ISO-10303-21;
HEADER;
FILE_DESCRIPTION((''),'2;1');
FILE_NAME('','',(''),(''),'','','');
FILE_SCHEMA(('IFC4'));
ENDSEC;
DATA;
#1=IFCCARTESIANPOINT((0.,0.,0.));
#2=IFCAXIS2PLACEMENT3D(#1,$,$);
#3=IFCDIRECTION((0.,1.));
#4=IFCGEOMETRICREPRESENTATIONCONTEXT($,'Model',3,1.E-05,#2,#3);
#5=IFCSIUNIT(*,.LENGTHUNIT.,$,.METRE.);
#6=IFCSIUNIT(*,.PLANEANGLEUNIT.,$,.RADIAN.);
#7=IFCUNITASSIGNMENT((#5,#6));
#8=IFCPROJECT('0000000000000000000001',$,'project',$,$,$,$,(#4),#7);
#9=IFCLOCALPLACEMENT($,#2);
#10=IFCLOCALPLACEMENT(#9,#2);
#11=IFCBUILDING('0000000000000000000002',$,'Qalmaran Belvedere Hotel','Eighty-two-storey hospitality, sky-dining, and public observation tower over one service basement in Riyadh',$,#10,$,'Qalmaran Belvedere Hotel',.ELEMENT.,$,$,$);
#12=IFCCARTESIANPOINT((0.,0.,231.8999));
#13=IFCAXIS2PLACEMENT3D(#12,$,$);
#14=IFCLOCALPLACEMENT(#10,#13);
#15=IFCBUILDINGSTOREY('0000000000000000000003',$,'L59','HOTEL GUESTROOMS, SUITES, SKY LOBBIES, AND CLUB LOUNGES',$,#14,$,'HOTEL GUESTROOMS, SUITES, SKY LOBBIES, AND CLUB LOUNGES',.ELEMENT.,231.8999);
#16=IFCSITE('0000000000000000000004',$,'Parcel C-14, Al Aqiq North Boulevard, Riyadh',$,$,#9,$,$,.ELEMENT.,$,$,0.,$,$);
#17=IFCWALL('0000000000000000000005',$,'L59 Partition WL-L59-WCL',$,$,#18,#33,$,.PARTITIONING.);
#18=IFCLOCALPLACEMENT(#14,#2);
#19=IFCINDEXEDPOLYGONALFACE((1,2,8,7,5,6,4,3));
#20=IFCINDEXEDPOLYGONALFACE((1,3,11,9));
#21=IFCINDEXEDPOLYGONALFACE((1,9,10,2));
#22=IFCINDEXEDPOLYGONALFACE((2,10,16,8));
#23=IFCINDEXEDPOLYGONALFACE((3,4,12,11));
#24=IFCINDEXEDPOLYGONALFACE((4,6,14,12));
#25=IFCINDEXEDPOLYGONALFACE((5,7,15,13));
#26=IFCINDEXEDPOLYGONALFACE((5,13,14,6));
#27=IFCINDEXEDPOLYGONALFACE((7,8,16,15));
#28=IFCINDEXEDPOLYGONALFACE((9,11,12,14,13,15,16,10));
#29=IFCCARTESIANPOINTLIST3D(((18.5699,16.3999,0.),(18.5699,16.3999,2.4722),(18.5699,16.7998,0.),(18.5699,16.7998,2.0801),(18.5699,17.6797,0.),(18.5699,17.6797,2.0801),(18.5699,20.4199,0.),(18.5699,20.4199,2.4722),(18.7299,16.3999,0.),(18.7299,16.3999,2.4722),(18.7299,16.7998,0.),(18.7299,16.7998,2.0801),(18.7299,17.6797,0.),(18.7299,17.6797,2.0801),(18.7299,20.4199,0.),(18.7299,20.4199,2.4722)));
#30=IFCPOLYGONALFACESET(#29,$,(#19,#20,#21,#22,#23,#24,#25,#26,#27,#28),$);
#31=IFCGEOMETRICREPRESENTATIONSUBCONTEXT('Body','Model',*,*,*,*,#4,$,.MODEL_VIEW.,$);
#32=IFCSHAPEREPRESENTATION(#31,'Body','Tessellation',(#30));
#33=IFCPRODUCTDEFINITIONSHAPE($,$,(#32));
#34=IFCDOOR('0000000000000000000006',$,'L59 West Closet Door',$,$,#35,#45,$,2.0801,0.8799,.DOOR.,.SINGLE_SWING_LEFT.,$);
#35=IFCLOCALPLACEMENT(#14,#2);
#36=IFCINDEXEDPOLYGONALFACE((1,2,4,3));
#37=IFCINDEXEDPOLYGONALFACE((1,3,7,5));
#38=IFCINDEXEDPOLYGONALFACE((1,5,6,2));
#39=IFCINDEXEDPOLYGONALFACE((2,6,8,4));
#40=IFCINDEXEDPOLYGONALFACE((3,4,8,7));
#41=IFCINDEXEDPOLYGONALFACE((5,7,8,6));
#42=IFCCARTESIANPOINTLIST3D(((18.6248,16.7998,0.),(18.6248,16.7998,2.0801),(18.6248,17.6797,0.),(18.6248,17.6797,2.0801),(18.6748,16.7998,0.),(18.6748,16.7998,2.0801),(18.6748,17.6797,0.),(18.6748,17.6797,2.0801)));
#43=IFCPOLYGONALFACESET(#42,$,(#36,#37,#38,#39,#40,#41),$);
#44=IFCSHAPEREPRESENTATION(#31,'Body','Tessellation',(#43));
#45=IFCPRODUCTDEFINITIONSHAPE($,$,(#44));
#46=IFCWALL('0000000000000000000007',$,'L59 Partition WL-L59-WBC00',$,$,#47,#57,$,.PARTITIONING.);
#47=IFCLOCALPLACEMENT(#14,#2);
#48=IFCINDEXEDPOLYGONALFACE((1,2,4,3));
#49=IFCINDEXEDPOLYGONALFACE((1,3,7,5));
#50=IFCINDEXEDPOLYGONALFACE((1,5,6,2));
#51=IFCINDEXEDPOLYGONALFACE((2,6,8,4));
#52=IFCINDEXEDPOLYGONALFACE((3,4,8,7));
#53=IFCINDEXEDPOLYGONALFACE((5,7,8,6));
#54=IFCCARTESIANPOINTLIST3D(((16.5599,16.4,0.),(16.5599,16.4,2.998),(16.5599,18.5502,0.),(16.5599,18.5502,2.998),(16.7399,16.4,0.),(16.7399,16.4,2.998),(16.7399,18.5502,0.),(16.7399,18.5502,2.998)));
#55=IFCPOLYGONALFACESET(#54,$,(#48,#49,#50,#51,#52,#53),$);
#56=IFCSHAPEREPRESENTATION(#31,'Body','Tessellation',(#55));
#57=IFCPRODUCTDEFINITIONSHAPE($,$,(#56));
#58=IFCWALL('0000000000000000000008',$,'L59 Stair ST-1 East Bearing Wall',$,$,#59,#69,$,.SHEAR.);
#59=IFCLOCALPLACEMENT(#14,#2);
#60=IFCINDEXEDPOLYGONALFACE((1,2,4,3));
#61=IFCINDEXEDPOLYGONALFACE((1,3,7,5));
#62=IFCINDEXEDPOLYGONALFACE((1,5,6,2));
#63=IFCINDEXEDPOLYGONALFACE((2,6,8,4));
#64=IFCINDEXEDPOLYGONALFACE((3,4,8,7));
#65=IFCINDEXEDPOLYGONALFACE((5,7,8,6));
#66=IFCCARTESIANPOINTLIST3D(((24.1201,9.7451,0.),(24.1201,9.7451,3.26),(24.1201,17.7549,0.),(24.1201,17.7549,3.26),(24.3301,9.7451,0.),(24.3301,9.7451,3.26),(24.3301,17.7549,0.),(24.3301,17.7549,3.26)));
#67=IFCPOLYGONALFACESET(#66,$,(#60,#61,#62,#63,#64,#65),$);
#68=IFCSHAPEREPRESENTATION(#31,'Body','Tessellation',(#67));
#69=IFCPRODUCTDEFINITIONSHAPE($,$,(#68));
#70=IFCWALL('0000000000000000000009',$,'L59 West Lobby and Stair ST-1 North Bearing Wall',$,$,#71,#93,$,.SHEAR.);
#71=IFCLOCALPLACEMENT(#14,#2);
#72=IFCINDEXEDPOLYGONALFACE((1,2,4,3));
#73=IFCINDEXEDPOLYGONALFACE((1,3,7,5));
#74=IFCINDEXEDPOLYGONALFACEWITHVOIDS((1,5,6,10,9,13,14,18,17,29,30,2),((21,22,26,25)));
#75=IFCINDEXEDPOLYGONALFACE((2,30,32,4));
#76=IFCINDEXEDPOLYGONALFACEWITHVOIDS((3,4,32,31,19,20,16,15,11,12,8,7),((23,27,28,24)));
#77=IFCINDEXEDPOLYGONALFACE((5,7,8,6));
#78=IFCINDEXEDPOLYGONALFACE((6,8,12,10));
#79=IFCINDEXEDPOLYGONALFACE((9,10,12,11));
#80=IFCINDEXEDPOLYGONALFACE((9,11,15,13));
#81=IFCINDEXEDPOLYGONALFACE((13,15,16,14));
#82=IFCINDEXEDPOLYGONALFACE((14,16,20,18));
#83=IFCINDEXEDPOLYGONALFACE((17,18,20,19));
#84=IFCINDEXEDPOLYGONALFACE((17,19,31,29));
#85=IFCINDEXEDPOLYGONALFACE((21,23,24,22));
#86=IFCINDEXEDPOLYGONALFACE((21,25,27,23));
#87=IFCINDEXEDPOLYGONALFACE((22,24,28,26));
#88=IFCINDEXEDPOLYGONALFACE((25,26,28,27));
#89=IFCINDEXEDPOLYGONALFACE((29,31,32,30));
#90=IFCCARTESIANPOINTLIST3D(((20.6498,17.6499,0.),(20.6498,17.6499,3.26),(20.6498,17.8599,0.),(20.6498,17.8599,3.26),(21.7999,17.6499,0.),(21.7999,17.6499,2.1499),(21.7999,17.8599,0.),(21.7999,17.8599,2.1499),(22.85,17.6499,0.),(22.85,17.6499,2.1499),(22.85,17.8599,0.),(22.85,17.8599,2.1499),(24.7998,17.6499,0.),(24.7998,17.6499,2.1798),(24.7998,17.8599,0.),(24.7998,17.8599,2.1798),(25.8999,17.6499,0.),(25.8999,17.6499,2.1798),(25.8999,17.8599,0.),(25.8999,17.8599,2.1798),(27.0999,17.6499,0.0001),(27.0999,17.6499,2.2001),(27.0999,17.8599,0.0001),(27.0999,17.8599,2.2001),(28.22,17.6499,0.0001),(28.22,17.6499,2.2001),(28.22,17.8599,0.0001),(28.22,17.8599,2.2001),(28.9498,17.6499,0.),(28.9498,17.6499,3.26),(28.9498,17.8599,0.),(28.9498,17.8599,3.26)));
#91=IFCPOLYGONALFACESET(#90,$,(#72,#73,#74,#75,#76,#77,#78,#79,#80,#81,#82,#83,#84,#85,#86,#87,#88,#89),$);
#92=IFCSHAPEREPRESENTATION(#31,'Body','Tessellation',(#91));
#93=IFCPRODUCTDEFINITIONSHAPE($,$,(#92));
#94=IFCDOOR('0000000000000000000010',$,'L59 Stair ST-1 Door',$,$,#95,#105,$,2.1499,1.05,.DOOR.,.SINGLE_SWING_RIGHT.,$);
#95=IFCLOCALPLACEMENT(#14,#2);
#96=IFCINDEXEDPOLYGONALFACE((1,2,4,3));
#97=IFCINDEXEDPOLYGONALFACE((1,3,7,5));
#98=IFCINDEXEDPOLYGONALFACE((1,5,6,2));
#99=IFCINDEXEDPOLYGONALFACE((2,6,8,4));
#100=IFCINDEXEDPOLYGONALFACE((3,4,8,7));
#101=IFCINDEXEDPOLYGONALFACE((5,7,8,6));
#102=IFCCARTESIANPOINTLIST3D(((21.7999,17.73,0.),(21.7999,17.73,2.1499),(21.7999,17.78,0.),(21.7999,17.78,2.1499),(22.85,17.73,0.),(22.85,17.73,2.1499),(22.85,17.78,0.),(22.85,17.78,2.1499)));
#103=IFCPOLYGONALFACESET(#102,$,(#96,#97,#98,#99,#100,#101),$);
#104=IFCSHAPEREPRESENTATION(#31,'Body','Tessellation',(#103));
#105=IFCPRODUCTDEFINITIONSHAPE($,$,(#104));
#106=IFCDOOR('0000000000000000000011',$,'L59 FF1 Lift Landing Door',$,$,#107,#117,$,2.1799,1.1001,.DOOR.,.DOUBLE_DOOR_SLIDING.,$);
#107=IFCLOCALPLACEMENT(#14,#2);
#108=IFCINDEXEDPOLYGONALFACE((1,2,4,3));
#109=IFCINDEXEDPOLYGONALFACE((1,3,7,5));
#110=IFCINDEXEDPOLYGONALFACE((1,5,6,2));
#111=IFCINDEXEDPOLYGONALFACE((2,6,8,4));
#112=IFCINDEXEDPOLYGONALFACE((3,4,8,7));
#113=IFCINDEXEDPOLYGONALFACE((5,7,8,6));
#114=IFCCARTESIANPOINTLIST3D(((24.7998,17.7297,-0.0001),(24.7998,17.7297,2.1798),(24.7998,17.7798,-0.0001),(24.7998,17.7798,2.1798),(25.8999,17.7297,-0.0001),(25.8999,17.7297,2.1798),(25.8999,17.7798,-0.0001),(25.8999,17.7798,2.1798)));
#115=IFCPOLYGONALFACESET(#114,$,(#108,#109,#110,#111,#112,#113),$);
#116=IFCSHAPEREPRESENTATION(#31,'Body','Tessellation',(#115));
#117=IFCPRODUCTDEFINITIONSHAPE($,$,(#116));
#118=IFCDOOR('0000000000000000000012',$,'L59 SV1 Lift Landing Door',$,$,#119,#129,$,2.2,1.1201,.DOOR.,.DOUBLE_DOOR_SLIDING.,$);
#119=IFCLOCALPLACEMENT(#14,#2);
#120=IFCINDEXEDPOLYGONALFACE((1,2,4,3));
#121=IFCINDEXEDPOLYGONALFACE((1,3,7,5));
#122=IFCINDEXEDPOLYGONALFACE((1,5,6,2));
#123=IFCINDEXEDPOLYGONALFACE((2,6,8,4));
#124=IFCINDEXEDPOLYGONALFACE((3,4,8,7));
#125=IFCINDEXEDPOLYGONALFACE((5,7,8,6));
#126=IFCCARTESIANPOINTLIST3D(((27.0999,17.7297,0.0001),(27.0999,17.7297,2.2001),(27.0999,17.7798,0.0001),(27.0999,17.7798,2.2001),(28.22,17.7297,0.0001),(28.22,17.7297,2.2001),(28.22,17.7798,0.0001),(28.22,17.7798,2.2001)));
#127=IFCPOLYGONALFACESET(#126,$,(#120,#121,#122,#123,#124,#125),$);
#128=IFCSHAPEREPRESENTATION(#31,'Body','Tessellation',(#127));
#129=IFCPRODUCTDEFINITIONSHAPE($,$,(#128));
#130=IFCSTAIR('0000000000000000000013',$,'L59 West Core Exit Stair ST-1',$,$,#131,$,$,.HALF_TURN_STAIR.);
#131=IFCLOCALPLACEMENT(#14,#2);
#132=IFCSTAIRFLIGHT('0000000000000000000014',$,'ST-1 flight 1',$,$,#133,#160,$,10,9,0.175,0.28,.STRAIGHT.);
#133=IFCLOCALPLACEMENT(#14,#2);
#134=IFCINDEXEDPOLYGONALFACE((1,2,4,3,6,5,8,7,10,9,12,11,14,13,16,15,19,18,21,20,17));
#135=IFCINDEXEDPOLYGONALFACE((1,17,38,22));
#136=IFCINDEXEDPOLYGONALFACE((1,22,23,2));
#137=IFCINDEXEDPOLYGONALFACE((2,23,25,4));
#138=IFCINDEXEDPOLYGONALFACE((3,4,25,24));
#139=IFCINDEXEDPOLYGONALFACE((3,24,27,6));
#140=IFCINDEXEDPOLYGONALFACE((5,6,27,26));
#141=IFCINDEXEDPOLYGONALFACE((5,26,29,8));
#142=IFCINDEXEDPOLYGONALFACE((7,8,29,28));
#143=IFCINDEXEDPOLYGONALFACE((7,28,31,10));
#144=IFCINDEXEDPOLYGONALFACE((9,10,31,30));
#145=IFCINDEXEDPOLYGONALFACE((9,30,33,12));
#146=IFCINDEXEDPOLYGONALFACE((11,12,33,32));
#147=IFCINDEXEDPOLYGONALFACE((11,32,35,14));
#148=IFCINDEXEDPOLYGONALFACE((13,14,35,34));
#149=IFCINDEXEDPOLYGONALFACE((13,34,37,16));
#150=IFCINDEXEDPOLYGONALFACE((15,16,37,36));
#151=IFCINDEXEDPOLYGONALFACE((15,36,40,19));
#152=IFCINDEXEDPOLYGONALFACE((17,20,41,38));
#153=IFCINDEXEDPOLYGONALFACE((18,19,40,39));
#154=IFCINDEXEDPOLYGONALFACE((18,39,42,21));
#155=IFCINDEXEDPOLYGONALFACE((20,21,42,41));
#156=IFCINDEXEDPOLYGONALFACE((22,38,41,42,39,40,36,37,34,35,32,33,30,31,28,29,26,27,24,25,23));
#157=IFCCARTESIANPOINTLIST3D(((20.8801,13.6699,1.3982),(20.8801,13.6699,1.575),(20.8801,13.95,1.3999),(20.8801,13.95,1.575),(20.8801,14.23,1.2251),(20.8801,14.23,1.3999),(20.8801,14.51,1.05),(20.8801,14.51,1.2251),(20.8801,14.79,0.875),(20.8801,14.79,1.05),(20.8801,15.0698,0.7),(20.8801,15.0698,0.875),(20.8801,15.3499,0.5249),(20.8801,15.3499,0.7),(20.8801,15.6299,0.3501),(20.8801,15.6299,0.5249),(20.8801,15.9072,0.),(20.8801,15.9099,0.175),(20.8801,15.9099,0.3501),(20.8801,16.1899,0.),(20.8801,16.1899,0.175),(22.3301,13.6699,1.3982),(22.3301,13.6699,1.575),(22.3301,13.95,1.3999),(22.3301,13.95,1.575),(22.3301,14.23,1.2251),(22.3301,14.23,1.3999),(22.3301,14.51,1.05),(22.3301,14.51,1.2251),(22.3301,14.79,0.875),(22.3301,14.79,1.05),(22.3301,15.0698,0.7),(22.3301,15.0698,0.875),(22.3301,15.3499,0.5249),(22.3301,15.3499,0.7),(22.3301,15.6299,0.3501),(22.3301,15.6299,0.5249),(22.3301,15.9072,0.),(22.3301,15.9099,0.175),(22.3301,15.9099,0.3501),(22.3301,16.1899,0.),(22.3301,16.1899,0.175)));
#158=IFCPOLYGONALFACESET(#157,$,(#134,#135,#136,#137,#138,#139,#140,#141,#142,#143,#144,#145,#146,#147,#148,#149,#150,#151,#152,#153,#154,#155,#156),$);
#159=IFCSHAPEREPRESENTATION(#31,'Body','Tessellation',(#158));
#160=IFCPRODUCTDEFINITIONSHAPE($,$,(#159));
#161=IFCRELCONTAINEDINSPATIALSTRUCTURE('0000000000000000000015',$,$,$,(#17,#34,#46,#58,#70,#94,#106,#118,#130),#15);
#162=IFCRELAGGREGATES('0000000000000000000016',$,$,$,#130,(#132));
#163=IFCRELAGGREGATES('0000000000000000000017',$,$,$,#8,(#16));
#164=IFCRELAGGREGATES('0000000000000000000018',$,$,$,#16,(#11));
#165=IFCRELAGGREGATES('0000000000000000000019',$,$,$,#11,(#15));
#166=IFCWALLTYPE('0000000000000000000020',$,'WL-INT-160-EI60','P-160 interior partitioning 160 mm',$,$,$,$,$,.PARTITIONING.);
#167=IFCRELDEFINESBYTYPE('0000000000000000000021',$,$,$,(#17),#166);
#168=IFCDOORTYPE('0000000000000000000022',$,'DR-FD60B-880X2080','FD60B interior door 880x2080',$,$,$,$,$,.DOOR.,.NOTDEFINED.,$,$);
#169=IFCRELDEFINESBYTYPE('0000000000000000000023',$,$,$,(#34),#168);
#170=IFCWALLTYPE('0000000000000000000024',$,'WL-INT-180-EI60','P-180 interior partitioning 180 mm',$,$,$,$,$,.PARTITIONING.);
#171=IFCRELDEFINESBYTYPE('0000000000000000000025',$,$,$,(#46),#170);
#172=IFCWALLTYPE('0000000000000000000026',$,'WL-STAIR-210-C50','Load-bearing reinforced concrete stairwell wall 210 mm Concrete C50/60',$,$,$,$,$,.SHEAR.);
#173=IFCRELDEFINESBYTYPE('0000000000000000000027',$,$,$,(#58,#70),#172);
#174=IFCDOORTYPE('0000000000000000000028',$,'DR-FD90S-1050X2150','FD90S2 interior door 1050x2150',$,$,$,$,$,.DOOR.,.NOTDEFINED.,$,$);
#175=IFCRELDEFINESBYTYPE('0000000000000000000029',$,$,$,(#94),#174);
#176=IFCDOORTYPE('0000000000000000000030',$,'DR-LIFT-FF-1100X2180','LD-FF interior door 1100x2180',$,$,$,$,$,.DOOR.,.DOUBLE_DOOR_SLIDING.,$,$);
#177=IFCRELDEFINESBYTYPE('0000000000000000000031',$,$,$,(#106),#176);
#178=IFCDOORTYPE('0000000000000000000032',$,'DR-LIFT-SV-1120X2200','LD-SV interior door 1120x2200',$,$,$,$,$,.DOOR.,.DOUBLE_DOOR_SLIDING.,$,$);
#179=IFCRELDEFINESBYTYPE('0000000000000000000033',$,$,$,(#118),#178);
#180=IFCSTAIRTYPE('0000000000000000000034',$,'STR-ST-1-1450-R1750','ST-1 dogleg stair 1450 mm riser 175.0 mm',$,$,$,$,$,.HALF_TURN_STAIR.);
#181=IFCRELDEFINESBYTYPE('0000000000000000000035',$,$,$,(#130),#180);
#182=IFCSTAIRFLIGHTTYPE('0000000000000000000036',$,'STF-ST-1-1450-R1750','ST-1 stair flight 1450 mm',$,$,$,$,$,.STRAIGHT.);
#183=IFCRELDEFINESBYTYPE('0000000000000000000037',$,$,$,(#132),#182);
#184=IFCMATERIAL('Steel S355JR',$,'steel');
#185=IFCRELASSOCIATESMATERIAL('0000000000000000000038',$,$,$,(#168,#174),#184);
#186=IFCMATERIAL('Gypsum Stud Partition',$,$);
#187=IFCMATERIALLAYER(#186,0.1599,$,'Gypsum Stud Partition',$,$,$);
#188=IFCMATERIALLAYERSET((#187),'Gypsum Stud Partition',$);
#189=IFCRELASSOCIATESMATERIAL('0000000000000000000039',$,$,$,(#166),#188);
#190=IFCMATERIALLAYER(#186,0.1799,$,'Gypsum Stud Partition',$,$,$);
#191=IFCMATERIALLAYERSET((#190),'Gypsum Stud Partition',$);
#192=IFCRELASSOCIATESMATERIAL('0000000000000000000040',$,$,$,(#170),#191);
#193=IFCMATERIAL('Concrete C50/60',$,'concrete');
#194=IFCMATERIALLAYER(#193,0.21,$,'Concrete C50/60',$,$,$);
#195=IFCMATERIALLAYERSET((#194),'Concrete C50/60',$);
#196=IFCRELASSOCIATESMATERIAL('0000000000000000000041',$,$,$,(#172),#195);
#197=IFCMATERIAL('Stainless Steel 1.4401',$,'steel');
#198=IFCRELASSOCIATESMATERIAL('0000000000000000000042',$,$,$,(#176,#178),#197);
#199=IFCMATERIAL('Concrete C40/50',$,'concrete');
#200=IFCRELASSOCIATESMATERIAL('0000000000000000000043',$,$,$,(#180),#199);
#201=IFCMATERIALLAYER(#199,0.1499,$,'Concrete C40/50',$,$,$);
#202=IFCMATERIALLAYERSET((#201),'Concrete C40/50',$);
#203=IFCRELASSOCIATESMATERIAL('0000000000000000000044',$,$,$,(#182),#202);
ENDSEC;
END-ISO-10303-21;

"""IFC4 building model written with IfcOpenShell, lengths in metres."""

from ifc_helpers import new_model, si_unit, direction, frame, frame_2d, origin, place, context, subcontext, project, spatial, polyline, rectangle, outline, extrude, material, layer, layer_set, type_object, element, fill, aggregate, save


model = new_model("IFC4")

# Units and contexts
model_context = context("Model", 3, precision=1e-05, world=origin(), true_north=direction((0.0, 1.0)))
body_context = subcontext(model_context, "Body", "Model", "MODEL_VIEW")
ifc_project = project(units=[si_unit("LENGTHUNIT", "METRE"), si_unit("PLANEANGLEUNIT", "RADIAN")], contexts=[model_context])

# Site, building, storey
site_placement = place(None, origin())
site = spatial("IfcSite", under=ifc_project, at=site_placement, Name="Parcel C-14, Al Aqiq North Boulevard, Riyadh", CompositionType="ELEMENT", RefElevation=0.0)
building_placement = place(site_placement, origin())
building = spatial("IfcBuilding", under=site, at=building_placement, Name="Qalmaran Belvedere Hotel", Description="Eighty-two-storey hospitality, sky-dining, and public observation tower over one service basement in Riyadh", LongName="Qalmaran Belvedere Hotel", CompositionType="ELEMENT")
storey_placement = place(building_placement, frame((0.0, 0.0, 231.8999)))
storey = spatial("IfcBuildingStorey", under=building, at=storey_placement, Name="L59", Description="HOTEL GUESTROOMS, SUITES, SKY LOBBIES, AND CLUB LOUNGES", LongName="HOTEL GUESTROOMS, SUITES, SKY LOBBIES, AND CLUB LOUNGES", CompositionType="ELEMENT", Elevation=231.8999)

# Shared definitions
ifc_material_1 = material(Name="Gypsum Stud Partition")

# Shared definitions
ifc_material_2 = material(Name="Steel S355JR", Category="steel")
door_type_1 = type_object("IfcDoorType", Name="DR-FD60B-880X2080", Description="FD60B interior door 880x2080", OperationType="NOTDEFINED", PredefinedType="DOOR", material=ifc_material_2)

# Wall, opening, door
ifc_layer_1 = layer(ifc_material_1, 0.1599, Name="Gypsum Stud Partition")
ifc_layer_set_1 = layer_set([ifc_layer_1], Name="Gypsum Stud Partition")
wall_type_1 = type_object("IfcWallType", Name="WL-INT-160-EI60", Description="P-160 interior partitioning 160 mm", PredefinedType="PARTITIONING", material=ifc_layer_set_1)
wall_1_placement = place(storey_placement, frame((18.6499, 16.3999, 0.0), z_axis=(0.0, 0.0, 1.0), x_axis=(0.0, 1.0, 0.0)))
wall_1 = element("IfcWall", 1, at=wall_1_placement, inside=storey, type_object=wall_type_1, Name="L59 Partition WL-L59-WCL", PredefinedType="PARTITIONING", context=body_context, shape_type="SweptSolid", body=[
    extrude(rectangle(XDim=4.02, YDim=0.1599, at=frame_2d((2.01, 0.0))), origin(), (0.0, 0.0, 1.0), 2.4722),
])
opening_1_placement = place(wall_1_placement, frame((1.2798, 0.0, 0.0), z_axis=(0.0, 0.0, 1.0), x_axis=(-1.0, 0.0, 0.0)))
opening_1 = element("IfcOpeningElement", 2, at=opening_1_placement, cuts=wall_1, PredefinedType="OPENING", context=body_context, shape_type="SweptSolid", body=[
    extrude(rectangle(XDim=0.8799, YDim=2.0801, at=frame_2d((0.4399, 1.04))), frame((0.0, 0.0898, 0.0), z_axis=(0.0, -1.0, 0.0), x_axis=(1.0, 0.0, 0.0)), (0.0, 0.0, 1.0), 0.1799),
])
door_1_placement = place(opening_1_placement, origin())
door_1 = element("IfcDoor", 3, at=door_1_placement, inside=storey, type_object=door_type_1, Name="L59 West Closet Door", OperationType="SINGLE_SWING_LEFT", OverallHeight=2.0801, OverallWidth=0.8799, PredefinedType="DOOR", context=body_context, shape_type="SweptSolid", body=[
    extrude(rectangle(XDim=0.8799, YDim=2.0801, at=frame_2d((0.4399, 1.04))), frame((0.0, 0.0249, 0.0), z_axis=(0.0, -1.0, 0.0), x_axis=(1.0, 0.0, 0.0)), (0.0, 0.0, 1.0), 0.05),
])
fill(opening_1, door_1)

# Walls
ifc_layer_2 = layer(ifc_material_1, 0.1799, Name="Gypsum Stud Partition")
ifc_layer_set_2 = layer_set([ifc_layer_2], Name="Gypsum Stud Partition")
wall_type_2 = type_object("IfcWallType", Name="WL-INT-180-EI60", Description="P-180 interior partitioning 180 mm", PredefinedType="PARTITIONING", material=ifc_layer_set_2)
wall_2_placement = place(storey_placement, frame((16.6499, 16.3999, 0.0), z_axis=(0.0, 0.0, 1.0), x_axis=(0.0, 1.0, 0.0)))
element("IfcWall", 4, at=wall_2_placement, inside=storey, type_object=wall_type_2, Name="L59 Partition WL-L59-WBC00", PredefinedType="PARTITIONING", context=body_context, shape_type="SweptSolid", body=[
    extrude(rectangle(XDim=2.1501, YDim=0.1799, at=frame_2d((1.0752, 0.0))), origin(), (0.0, 0.0, 1.0), 2.998),
])
ifc_material_3 = material(Name="Concrete C50/60", Category="concrete")
ifc_layer_3 = layer(ifc_material_3, 0.21, Name="Concrete C50/60")
ifc_layer_set_3 = layer_set([ifc_layer_3], Name="Concrete C50/60")
wall_type_3 = type_object("IfcWallType", Name="WL-STAIR-210-C50", Description="Load-bearing reinforced concrete stairwell wall 210 mm Concrete C50/60", PredefinedType="SHEAR", material=ifc_layer_set_3)
wall_3_placement = place(storey_placement, frame((24.2251, 9.7451, 0.0), z_axis=(0.0, 0.0, 1.0), x_axis=(0.0, 1.0, 0.0)))
element("IfcWall", 5, at=wall_3_placement, inside=storey, type_object=wall_type_3, Name="L59 Stair ST-1 East Bearing Wall", PredefinedType="SHEAR", context=body_context, shape_type="SweptSolid", body=[
    extrude(rectangle(XDim=8.0098, YDim=0.21, at=frame_2d((4.0049, 0.0))), origin(), (0.0, 0.0, 1.0), 3.26),
])

# Wall, openings, doors
wall_4_placement = place(storey_placement, frame((20.6499, 17.7549, 0.0), z_axis=(0.0, 0.0, 1.0), x_axis=(1.0, 0.0, 0.0)))
wall_4 = element("IfcWall", 6, at=wall_4_placement, inside=storey, type_object=wall_type_3, Name="L59 West Lobby and Stair ST-1 North Bearing Wall", PredefinedType="SHEAR", context=body_context, shape_type="SweptSolid", body=[
    extrude(rectangle(XDim=8.3, YDim=0.21, at=frame_2d((4.1499, 0.0))), origin(), (0.0, 0.0, 1.0), 3.26),
])
opening_2_placement = place(wall_4_placement, frame((2.2, 0.0, 0.0), z_axis=(0.0, 0.0, 1.0), x_axis=(-1.0, 0.0, 0.0)))
opening_2 = element("IfcOpeningElement", 7, at=opening_2_placement, cuts=wall_4, PredefinedType="OPENING", context=body_context, shape_type="SweptSolid", body=[
    extrude(rectangle(XDim=1.05, YDim=2.1499, at=frame_2d((0.5249, 1.075))), frame((0.0, 0.115, 0.0), z_axis=(0.0, -1.0, 0.0), x_axis=(1.0, 0.0, 0.0)), (0.0, 0.0, 1.0), 0.23),
])
opening_3_placement = place(wall_4_placement, frame((4.1499, 0.0, 0.0)))
opening_3 = element("IfcOpeningElement", 8, at=opening_3_placement, cuts=wall_4, PredefinedType="OPENING", context=body_context, shape_type="SweptSolid", body=[
    extrude(rectangle(XDim=1.1001, YDim=2.1799, at=frame_2d((0.55, 1.0898))), frame((0.0, 0.115, 0.0), z_axis=(0.0, -1.0, 0.0), x_axis=(1.0, 0.0, 0.0)), (0.0, 0.0, 1.0), 0.23),
])
opening_4_placement = place(wall_4_placement, frame((6.45, 0.0, 0.0)))
opening_4 = element("IfcOpeningElement", 9, at=opening_4_placement, cuts=wall_4, PredefinedType="OPENING", context=body_context, shape_type="SweptSolid", body=[
    extrude(rectangle(XDim=1.1201, YDim=2.2, at=frame_2d((0.5601, 1.1001))), frame((0.0, 0.115, 0.0), z_axis=(0.0, -1.0, 0.0), x_axis=(1.0, 0.0, 0.0)), (0.0, 0.0, 1.0), 0.23),
])
door_type_2 = type_object("IfcDoorType", Name="DR-FD90S-1050X2150", Description="FD90S2 interior door 1050x2150", OperationType="NOTDEFINED", PredefinedType="DOOR", material=ifc_material_2)
door_2_placement = place(opening_2_placement, origin())
door_2 = element("IfcDoor", 10, at=door_2_placement, inside=storey, type_object=door_type_2, Name="L59 Stair ST-1 Door", OperationType="SINGLE_SWING_RIGHT", OverallHeight=2.1499, OverallWidth=1.05, PredefinedType="DOOR", context=body_context, shape_type="SweptSolid", body=[
    extrude(rectangle(XDim=1.05, YDim=2.1499, at=frame_2d((0.5249, 1.075))), frame((0.0, 0.0249, 0.0), z_axis=(0.0, -1.0, 0.0), x_axis=(1.0, 0.0, 0.0)), (0.0, 0.0, 1.0), 0.05),
])
fill(opening_2, door_2)
ifc_material_4 = material(Name="Stainless Steel 1.4401", Category="steel")
door_type_3 = type_object("IfcDoorType", Name="DR-LIFT-FF-1100X2180", Description="LD-FF interior door 1100x2180", OperationType="DOUBLE_DOOR_SLIDING", PredefinedType="DOOR", material=ifc_material_4)
door_3_placement = place(opening_3_placement, origin())
door_3 = element("IfcDoor", 11, at=door_3_placement, inside=storey, type_object=door_type_3, Name="L59 FF1 Lift Landing Door", OperationType="DOUBLE_DOOR_SLIDING", OverallHeight=2.1799, OverallWidth=1.1001, PredefinedType="DOOR", context=body_context, shape_type="SweptSolid", body=[
    extrude(rectangle(XDim=1.1001, YDim=2.1799, at=frame_2d((0.55, 1.0898))), frame((0.0, 0.0249, 0.0), z_axis=(0.0, -1.0, 0.0), x_axis=(1.0, 0.0, 0.0)), (0.0, 0.0, 1.0), 0.05),
])
fill(opening_3, door_3)
door_type_4 = type_object("IfcDoorType", Name="DR-LIFT-SV-1120X2200", Description="LD-SV interior door 1120x2200", OperationType="DOUBLE_DOOR_SLIDING", PredefinedType="DOOR", material=ifc_material_4)
door_4_placement = place(opening_4_placement, origin())
door_4 = element("IfcDoor", 12, at=door_4_placement, inside=storey, type_object=door_type_4, Name="L59 SV1 Lift Landing Door", OperationType="DOUBLE_DOOR_SLIDING", OverallHeight=2.2, OverallWidth=1.1201, PredefinedType="DOOR", context=body_context, shape_type="SweptSolid", body=[
    extrude(rectangle(XDim=1.1201, YDim=2.2, at=frame_2d((0.5601, 1.1001))), frame((0.0, 0.0249, 0.0), z_axis=(0.0, -1.0, 0.0), x_axis=(1.0, 0.0, 0.0)), (0.0, 0.0, 1.0), 0.05),
])
fill(opening_4, door_4)

# Stair, stair flight
ifc_material_5 = material(Name="Concrete C40/50", Category="concrete")
stair_type = type_object("IfcStairType", Name="STR-ST-1-1450-R1750", Description="ST-1 dogleg stair 1450 mm riser 175.0 mm", PredefinedType="HALF_TURN_STAIR", material=ifc_material_5)
stair_placement = place(storey_placement, origin())
stair = element("IfcStair", 13, at=stair_placement, inside=storey, type_object=stair_type, Name="L59 West Core Exit Stair ST-1", PredefinedType="HALF_TURN_STAIR")
ifc_layer_4 = layer(ifc_material_5, 0.1499, Name="Concrete C40/50")
ifc_layer_set_4 = layer_set([ifc_layer_4], Name="Concrete C40/50")
stair_flight_type = type_object("IfcStairFlightType", Name="STF-ST-1-1450-R1750", Description="ST-1 stair flight 1450 mm", PredefinedType="STRAIGHT", material=ifc_layer_set_4)
stair_flight_1_placement = place(storey_placement, frame((21.605, 16.1899, 0.0), z_axis=(0.0, 0.0, 1.0), x_axis=(0.0, -1.0, 0.0)))
stair_flight_1 = element("IfcStairFlight", 14, at=stair_flight_1_placement, type_object=stair_flight_type, Name="ST-1 flight 1", NumberOfRisers=10, NumberOfTreads=9, PredefinedType="STRAIGHT", RiserHeight=0.175, TreadLength=0.28, context=body_context, shape_type="SweptSolid", body=[
    extrude(outline(polyline([(0.0, 0.0), (0.0, 0.175), (0.28, 0.175), (0.28, 0.3501), (0.5601, 0.3501), (0.5601, 0.5249), (0.8401, 0.5249), (0.8401, 0.7), (1.1201, 0.7), (1.1201, 0.875), (1.3999, 0.875), (1.3999, 1.05), (1.6799, 1.05), (1.6799, 1.2251), (1.96, 1.2251), (1.96, 1.3999), (2.24, 1.3999), (2.24, 1.575), (2.52, 1.575), (2.52, 1.75), (2.52, 1.3982), (0.2827, 0.0), (0.0, 0.0)])), frame((0.0, 0.7251, 0.0), z_axis=(0.0, -1.0, 0.0), x_axis=(1.0, 0.0, 0.0)), (0.0, 0.0, 1.0), 1.45),
])
aggregate(stair, [stair_flight_1])

save(model, "model.ifc")
